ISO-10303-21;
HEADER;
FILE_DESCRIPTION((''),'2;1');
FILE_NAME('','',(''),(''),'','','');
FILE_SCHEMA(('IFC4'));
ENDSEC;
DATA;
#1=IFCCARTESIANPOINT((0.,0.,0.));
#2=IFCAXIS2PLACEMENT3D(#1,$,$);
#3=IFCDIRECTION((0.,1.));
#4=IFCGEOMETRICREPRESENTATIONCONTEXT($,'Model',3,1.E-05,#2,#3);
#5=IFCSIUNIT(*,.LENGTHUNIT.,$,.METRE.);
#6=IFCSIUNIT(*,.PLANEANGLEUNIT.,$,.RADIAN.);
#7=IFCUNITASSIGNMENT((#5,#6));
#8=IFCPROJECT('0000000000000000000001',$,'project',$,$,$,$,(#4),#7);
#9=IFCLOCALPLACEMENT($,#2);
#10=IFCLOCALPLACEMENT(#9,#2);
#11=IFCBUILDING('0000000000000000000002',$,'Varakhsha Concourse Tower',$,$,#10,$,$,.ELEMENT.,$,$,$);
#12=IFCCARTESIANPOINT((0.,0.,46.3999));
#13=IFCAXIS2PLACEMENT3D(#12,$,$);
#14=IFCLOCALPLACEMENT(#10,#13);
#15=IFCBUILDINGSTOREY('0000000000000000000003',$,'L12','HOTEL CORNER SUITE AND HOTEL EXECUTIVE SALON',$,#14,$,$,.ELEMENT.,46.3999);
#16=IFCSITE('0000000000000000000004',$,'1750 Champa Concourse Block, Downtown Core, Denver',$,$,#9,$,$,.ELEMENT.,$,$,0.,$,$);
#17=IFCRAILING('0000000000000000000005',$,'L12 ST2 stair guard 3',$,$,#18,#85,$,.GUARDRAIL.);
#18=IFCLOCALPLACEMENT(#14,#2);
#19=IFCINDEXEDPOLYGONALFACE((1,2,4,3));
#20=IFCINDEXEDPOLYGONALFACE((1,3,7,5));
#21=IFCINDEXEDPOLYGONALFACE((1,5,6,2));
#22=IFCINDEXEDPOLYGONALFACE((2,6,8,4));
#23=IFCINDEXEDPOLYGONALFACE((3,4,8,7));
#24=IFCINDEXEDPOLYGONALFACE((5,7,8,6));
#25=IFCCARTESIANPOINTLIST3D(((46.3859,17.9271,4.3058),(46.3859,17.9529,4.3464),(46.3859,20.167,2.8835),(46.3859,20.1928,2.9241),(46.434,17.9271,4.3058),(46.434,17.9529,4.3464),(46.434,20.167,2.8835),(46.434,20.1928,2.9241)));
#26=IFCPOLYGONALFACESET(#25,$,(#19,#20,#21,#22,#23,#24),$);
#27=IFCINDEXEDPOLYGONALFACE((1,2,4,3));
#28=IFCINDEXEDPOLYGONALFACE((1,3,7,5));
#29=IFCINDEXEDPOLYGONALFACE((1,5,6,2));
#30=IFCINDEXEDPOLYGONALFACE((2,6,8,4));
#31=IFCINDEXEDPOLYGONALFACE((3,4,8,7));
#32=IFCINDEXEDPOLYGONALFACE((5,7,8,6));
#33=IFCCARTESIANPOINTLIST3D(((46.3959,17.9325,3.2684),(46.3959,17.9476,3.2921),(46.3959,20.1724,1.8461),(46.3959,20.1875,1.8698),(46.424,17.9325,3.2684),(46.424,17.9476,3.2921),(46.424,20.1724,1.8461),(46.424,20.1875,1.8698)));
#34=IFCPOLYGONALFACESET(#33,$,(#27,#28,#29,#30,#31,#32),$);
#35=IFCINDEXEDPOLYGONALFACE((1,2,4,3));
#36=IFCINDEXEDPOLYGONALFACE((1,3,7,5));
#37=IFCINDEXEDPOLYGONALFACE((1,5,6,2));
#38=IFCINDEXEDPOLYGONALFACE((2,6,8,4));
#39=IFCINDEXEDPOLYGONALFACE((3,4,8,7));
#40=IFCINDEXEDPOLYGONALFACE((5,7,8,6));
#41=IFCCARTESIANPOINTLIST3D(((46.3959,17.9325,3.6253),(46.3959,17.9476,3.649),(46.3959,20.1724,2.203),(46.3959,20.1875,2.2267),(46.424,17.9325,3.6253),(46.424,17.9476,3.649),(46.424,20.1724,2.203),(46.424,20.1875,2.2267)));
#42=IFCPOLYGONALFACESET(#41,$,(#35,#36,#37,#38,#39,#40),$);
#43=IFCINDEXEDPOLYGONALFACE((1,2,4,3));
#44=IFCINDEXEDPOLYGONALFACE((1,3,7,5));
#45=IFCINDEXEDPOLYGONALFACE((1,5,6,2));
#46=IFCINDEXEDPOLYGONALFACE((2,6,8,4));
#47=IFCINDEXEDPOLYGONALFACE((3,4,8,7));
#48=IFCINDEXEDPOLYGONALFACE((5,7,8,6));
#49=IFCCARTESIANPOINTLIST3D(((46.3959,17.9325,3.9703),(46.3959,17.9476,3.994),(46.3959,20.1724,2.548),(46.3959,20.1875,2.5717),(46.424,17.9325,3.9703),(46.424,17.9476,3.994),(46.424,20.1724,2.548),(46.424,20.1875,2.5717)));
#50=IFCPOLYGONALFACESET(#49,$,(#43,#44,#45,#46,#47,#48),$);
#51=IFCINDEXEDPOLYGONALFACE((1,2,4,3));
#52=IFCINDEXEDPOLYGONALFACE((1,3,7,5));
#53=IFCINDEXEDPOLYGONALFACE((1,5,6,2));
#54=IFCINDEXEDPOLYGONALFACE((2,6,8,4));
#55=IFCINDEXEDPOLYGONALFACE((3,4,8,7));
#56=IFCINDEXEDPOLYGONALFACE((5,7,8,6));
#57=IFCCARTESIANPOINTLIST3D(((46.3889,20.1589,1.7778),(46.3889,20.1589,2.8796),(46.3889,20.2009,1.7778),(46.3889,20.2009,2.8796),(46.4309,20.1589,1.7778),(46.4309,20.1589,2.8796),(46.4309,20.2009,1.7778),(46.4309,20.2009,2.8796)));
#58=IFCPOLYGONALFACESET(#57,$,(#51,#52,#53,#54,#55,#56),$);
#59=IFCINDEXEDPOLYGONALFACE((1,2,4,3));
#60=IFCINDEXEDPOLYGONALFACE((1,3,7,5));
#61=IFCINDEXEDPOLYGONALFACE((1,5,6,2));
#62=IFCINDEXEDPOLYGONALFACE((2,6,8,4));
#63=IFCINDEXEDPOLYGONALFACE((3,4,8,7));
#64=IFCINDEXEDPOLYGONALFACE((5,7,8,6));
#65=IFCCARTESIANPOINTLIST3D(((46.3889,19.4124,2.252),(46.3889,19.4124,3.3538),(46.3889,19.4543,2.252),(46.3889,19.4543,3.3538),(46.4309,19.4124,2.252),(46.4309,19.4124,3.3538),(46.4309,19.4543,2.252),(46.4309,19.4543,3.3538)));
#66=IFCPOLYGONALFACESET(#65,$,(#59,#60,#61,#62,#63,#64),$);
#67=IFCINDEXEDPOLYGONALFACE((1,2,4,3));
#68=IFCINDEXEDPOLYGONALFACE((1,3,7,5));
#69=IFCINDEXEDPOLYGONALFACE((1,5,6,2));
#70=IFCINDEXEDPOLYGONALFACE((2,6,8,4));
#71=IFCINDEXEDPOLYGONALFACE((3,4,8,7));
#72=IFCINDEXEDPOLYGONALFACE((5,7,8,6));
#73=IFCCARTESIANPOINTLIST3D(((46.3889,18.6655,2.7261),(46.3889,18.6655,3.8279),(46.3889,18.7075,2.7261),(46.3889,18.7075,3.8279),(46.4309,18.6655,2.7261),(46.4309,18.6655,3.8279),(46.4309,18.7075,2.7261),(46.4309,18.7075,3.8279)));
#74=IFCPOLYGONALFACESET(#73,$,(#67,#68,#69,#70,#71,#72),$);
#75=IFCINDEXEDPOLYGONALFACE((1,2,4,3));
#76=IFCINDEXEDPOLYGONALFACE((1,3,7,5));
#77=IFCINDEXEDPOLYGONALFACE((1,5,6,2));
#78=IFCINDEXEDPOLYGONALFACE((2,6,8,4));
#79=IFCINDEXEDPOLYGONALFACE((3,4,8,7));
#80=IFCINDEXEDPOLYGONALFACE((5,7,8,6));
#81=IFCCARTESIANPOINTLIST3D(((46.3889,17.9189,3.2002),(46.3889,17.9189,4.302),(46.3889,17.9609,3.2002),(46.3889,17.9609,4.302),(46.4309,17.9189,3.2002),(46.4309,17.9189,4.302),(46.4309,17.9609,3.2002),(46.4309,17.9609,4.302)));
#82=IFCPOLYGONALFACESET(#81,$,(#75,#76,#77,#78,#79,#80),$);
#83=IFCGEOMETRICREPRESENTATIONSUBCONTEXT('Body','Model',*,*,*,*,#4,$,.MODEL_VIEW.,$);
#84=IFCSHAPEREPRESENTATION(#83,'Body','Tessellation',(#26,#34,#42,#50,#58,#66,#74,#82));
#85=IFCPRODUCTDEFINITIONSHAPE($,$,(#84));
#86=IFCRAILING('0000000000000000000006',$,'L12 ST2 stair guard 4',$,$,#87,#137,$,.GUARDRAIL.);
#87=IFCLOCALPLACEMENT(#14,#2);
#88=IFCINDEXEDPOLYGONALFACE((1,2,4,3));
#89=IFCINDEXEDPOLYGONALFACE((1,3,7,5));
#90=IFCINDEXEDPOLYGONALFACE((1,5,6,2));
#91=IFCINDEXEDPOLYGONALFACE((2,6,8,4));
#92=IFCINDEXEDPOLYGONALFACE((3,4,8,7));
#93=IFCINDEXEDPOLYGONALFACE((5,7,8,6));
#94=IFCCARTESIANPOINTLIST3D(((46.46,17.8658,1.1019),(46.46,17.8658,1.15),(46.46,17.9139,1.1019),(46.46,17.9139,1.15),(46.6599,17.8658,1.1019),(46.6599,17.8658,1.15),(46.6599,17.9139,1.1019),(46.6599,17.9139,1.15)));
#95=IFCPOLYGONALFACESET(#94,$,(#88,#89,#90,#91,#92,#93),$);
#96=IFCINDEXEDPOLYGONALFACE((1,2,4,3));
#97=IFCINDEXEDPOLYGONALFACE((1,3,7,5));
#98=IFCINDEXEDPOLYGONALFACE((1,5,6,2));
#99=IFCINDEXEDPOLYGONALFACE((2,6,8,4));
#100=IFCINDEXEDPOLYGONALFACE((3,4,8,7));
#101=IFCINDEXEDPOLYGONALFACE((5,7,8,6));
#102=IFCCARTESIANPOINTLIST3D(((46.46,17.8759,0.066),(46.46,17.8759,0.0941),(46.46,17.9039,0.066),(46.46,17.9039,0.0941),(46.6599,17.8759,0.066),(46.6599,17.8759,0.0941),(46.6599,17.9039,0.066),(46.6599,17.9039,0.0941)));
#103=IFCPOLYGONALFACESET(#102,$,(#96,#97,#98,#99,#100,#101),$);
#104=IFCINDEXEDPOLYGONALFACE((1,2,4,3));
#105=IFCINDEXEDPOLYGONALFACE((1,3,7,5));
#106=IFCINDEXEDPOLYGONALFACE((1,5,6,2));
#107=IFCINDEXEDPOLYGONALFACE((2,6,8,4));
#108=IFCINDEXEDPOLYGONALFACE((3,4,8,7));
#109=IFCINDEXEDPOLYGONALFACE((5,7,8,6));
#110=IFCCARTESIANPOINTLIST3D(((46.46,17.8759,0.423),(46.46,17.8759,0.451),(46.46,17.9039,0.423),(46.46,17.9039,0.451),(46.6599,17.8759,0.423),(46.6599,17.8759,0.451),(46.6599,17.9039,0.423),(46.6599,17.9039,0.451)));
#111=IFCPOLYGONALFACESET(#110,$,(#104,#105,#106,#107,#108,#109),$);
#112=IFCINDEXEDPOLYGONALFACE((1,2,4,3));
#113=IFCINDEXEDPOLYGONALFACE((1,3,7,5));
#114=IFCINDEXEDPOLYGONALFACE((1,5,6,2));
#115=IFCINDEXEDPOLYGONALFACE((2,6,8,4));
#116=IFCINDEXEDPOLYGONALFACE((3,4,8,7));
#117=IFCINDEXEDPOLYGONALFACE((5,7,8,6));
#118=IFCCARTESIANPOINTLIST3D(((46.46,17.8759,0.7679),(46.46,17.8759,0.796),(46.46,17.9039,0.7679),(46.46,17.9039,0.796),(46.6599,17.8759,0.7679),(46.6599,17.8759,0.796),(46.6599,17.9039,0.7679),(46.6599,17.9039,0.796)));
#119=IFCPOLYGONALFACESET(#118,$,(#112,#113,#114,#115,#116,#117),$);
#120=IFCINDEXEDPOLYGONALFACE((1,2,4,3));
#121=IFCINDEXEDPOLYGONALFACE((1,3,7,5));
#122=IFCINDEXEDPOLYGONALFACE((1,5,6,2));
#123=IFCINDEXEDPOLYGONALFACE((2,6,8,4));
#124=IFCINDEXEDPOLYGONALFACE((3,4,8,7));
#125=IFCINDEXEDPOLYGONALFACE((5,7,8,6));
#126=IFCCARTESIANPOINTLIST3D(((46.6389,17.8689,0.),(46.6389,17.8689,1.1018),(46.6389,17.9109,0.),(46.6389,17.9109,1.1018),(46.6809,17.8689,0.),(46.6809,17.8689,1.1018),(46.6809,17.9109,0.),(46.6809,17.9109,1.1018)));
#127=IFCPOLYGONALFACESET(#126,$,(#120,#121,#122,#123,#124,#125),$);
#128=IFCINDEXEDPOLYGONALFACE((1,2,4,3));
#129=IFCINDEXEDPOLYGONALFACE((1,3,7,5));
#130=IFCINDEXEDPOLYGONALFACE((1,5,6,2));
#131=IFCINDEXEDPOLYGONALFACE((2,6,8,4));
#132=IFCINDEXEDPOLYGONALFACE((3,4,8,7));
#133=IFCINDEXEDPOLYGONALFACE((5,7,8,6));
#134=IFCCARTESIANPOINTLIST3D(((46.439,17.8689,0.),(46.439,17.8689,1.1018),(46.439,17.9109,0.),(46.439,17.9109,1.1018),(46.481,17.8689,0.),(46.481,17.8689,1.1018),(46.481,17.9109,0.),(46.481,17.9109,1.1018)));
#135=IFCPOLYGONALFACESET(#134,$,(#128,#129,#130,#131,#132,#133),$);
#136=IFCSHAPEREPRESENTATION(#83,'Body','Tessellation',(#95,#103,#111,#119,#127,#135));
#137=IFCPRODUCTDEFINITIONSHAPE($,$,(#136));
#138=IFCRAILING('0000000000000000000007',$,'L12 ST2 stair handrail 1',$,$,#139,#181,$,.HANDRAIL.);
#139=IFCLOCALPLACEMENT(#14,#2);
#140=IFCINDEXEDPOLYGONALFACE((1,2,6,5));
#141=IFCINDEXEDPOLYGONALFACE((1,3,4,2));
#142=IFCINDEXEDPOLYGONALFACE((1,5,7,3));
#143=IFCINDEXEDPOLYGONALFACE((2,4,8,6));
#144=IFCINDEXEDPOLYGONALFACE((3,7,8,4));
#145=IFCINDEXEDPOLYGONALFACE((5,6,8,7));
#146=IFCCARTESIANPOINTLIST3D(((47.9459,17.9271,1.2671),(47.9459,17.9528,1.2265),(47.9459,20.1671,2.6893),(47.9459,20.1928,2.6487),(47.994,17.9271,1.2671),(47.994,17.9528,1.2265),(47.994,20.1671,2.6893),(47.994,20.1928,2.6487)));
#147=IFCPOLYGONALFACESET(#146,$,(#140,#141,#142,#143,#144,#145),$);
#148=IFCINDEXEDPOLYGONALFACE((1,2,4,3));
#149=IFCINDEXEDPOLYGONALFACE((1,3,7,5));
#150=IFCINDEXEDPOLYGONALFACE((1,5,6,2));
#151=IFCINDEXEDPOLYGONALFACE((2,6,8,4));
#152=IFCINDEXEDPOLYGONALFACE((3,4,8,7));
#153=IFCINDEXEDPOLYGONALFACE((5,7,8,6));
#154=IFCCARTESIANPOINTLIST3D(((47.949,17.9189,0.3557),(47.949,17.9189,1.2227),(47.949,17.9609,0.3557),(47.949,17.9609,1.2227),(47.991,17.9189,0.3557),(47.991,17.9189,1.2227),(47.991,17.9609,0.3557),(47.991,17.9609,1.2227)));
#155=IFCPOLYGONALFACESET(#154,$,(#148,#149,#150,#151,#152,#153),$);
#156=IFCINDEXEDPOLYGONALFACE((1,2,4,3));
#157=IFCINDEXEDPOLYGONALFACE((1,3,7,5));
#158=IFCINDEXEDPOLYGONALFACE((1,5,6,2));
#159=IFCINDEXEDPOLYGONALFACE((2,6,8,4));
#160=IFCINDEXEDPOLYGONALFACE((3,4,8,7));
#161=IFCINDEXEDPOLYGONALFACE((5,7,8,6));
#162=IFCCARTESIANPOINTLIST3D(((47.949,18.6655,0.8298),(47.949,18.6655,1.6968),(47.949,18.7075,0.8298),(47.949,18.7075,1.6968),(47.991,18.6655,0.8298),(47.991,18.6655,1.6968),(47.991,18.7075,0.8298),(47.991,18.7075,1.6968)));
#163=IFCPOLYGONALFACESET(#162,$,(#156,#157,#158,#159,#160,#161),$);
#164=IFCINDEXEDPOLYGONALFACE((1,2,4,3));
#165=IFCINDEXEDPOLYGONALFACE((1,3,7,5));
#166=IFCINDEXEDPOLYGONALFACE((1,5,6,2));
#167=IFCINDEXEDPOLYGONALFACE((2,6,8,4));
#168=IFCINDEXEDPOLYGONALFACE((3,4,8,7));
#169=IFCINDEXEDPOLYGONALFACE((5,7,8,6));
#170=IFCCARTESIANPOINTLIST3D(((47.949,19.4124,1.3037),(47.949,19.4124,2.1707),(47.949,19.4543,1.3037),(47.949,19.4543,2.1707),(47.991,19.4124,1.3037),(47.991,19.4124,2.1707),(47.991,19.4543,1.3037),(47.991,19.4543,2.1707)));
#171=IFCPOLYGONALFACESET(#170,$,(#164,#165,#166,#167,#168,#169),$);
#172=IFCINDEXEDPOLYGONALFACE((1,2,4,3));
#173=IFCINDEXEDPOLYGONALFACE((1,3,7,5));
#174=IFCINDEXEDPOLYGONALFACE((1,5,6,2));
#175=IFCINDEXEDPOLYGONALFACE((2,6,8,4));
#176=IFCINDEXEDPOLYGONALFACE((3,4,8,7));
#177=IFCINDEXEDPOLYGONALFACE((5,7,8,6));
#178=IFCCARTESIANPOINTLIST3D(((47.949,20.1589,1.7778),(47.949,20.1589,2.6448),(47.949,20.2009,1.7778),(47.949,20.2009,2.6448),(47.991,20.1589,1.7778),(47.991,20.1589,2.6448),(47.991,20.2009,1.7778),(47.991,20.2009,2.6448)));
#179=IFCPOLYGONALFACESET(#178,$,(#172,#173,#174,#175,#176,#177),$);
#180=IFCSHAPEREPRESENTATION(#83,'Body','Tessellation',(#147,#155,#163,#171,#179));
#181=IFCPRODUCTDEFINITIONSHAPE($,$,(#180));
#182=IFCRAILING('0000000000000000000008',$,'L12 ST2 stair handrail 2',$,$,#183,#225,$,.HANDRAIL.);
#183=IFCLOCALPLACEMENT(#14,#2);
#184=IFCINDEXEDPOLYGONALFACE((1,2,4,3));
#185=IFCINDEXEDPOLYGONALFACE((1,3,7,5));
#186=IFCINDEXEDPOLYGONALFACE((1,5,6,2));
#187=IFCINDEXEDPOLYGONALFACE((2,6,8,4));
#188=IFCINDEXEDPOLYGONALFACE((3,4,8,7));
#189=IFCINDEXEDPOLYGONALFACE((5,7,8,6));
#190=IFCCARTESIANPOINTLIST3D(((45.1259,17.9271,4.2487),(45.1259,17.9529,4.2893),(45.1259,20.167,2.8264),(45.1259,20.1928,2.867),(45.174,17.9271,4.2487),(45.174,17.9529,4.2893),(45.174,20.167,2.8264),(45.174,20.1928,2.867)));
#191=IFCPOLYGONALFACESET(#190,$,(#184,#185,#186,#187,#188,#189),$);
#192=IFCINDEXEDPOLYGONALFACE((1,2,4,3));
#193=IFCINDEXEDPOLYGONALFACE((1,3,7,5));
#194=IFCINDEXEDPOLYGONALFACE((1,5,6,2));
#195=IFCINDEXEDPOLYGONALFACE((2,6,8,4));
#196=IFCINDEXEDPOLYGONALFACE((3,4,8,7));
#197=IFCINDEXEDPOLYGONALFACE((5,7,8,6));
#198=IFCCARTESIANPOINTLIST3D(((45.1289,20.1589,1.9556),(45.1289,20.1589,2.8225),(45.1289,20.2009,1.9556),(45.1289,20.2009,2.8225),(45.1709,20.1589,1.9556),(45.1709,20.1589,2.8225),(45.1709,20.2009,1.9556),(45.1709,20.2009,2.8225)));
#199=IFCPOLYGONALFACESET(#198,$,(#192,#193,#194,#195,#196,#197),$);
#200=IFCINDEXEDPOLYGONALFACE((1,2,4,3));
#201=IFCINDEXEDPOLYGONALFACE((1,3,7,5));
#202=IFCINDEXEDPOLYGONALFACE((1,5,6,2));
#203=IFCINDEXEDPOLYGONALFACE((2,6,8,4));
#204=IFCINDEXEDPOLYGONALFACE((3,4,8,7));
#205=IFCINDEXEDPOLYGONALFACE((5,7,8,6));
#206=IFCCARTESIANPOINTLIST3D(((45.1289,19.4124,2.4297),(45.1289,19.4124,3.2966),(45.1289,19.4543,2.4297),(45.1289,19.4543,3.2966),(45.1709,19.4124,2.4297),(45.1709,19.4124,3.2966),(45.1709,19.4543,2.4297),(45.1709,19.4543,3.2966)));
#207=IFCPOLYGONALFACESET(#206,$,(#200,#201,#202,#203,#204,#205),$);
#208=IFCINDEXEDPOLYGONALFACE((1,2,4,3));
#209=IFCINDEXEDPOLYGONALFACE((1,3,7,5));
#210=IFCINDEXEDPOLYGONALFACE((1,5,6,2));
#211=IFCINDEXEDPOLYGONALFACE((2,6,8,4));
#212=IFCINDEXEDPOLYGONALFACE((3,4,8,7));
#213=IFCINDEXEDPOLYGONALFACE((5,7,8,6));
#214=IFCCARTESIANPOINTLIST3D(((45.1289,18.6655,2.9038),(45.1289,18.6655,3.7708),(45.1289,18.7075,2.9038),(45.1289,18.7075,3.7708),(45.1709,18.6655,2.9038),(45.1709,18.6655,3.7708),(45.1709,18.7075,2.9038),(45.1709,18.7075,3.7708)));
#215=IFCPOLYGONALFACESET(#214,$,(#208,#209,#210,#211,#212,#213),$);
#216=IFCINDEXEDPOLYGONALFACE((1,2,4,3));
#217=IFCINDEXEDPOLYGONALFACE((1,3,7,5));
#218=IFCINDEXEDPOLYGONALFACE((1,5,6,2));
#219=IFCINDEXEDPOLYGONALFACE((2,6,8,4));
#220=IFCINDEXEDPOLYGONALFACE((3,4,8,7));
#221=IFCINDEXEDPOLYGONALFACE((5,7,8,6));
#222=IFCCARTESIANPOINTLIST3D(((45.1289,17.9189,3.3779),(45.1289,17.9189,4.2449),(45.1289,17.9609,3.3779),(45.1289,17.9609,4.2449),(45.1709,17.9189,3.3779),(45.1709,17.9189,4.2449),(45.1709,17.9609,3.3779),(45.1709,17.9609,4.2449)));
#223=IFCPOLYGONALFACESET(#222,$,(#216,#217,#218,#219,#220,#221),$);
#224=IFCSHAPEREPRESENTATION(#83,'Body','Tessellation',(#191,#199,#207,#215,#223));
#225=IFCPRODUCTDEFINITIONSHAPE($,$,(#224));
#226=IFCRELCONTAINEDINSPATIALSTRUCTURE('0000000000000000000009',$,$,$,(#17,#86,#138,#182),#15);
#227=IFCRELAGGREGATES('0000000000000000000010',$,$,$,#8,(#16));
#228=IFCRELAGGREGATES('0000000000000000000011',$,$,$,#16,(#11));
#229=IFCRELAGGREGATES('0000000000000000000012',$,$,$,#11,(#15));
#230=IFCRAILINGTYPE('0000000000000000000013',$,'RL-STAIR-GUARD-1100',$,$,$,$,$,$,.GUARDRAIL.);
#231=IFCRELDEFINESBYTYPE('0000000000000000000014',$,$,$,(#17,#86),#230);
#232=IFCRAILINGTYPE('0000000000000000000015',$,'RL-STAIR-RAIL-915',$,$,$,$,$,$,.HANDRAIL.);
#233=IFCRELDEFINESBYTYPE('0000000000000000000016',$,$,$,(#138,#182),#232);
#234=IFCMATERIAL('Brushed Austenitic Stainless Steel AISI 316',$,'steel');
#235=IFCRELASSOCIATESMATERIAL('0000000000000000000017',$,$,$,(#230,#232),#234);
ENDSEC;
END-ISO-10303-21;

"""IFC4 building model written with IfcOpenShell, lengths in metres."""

from ifc_helpers import new_model, si_unit, direction, frame, origin, origin_2d, place, context, subcontext, project, spatial, rectangle, extrude, material, type_object, element, save


model = new_model("IFC4")

# Units and contexts
model_context = context("Model", 3, precision=1e-05, world=origin(), true_north=direction((0.0, 1.0)))
body_context = subcontext(model_context, "Body", "Model", "MODEL_VIEW")
ifc_project = project(units=[si_unit("LENGTHUNIT", "METRE"), si_unit("PLANEANGLEUNIT", "RADIAN")], contexts=[model_context])

# Site, building, storey
site_placement = place(None, origin())
site = spatial("IfcSite", under=ifc_project, at=site_placement, Name="1750 Champa Concourse Block, Downtown Core, Denver", CompositionType="ELEMENT", RefElevation=0.0)
building_placement = place(site_placement, origin())
building = spatial("IfcBuilding", under=site, at=building_placement, Name="Varakhsha Concourse Tower", CompositionType="ELEMENT")
storey_placement = place(building_placement, frame((0.0, 0.0, 46.3999)))
storey = spatial("IfcBuildingStorey", under=building, at=storey_placement, Name="L12", Description="HOTEL CORNER SUITE AND HOTEL EXECUTIVE SALON", CompositionType="ELEMENT", Elevation=46.3999)

# Railings
ifc_material_1 = material(Name="Brushed Austenitic Stainless Steel AISI 316", Category="steel")
railing_type_1 = type_object("IfcRailingType", Name="RL-STAIR-GUARD-1100", PredefinedType="GUARDRAIL", material=ifc_material_1)
railing_1_placement = place(storey_placement, frame((46.4099, 20.1799, 1.7778)))
element("IfcRailing", 1, at=railing_1_placement, inside=storey, type_object=railing_type_1, Name="L12 ST2 stair guard 3", PredefinedType="GUARDRAIL", context=body_context, shape_type="SweptSolid", body=[
    extrude(rectangle(XDim=0.0481, YDim=0.0481, at=origin_2d()), frame((0.0, 0.0, 1.126), z_axis=(0.0, -0.844188, 0.536048), x_axis=(1.0, 0.0, 0.0)), (0.0, 0.0, 1.0), 2.6533),
    extrude(rectangle(XDim=0.0281, YDim=0.0281, at=origin_2d()), frame((0.0, 0.0, 0.0801), z_axis=(0.0, -0.844188, 0.536048), x_axis=(1.0, 0.0, 0.0)), (0.0, 0.0, 1.0), 2.6533),
    extrude(rectangle(XDim=0.0281, YDim=0.0281, at=origin_2d()), frame((0.0, 0.0, 0.437), z_axis=(0.0, -0.844188, 0.536048), x_axis=(1.0, 0.0, 0.0)), (0.0, 0.0, 1.0), 2.6533),
    extrude(rectangle(XDim=0.0281, YDim=0.0281, at=origin_2d()), frame((0.0, 0.0, 0.782), z_axis=(0.0, -0.844188, 0.536048), x_axis=(1.0, 0.0, 0.0)), (0.0, 0.0, 1.0), 2.6533),
    extrude(rectangle(XDim=0.042, YDim=0.042, at=origin_2d()), origin(), (0.0, 0.0, 1.0), 1.1018),
    extrude(rectangle(XDim=0.042, YDim=0.042, at=origin_2d()), frame((0.0, -0.7466, 0.4741)), (0.0, 0.0, 1.0), 1.1018),
    extrude(rectangle(XDim=0.042, YDim=0.042, at=origin_2d()), frame((0.0, -1.4934, 0.9482)), (0.0, 0.0, 1.0), 1.1018),
    extrude(rectangle(XDim=0.042, YDim=0.042, at=origin_2d()), frame((0.0, -2.24, 1.4224)), (0.0, 0.0, 1.0), 1.1018),
])
railing_2_placement = place(storey_placement, frame((46.6599, 17.8899, 0.0)))
element("IfcRailing", 2, at=railing_2_placement, inside=storey, type_object=railing_type_1, Name="L12 ST2 stair guard 4", PredefinedType="GUARDRAIL", context=body_context, shape_type="SweptSolid", body=[
    extrude(rectangle(XDim=0.0481, YDim=0.0481, at=origin_2d()), frame((0.0, 0.0, 1.126), z_axis=(-1.0, 0.0, 0.0), x_axis=(0.0, -1.0, 0.0)), (0.0, 0.0, 1.0), 0.2),
    extrude(rectangle(XDim=0.0281, YDim=0.0281, at=origin_2d()), frame((0.0, 0.0, 0.0801), z_axis=(-1.0, 0.0, 0.0), x_axis=(0.0, -1.0, 0.0)), (0.0, 0.0, 1.0), 0.2),
    extrude(rectangle(XDim=0.0281, YDim=0.0281, at=origin_2d()), frame((0.0, 0.0, 0.437), z_axis=(-1.0, 0.0, 0.0), x_axis=(0.0, -1.0, 0.0)), (0.0, 0.0, 1.0), 0.2),
    extrude(rectangle(XDim=0.0281, YDim=0.0281, at=origin_2d()), frame((0.0, 0.0, 0.782), z_axis=(-1.0, 0.0, 0.0), x_axis=(0.0, -1.0, 0.0)), (0.0, 0.0, 1.0), 0.2),
    extrude(rectangle(XDim=0.042, YDim=0.042, at=origin_2d()), origin(), (0.0, 0.0, 1.0), 1.1018),
    extrude(rectangle(XDim=0.042, YDim=0.042, at=origin_2d()), frame((-0.2, 0.0, 0.0)), (0.0, 0.0, 1.0), 1.1018),
])
railing_type_2 = type_object("IfcRailingType", Name="RL-STAIR-RAIL-915", PredefinedType="HANDRAIL", material=ifc_material_1)
railing_3_placement = place(storey_placement, frame((47.97, 17.9399, 0.3557)))
element("IfcRailing", 3, at=railing_3_placement, inside=storey, type_object=railing_type_2, Name="L12 ST2 stair handrail 1", PredefinedType="HANDRAIL", context=body_context, shape_type="SweptSolid", body=[
    extrude(rectangle(XDim=0.0481, YDim=0.0481, at=origin_2d()), frame((0.0, 0.0, 0.8911), z_axis=(0.0, 0.844229, 0.535982), x_axis=(-1.0, 0.0, 0.0)), (0.0, 0.0, 1.0), 2.6533),
    extrude(rectangle(XDim=0.042, YDim=0.042, at=origin_2d()), origin(), (0.0, 0.0, 1.0), 0.8669),
    extrude(rectangle(XDim=0.042, YDim=0.042, at=origin_2d()), frame((0.0, 0.7466, 0.4741)), (0.0, 0.0, 1.0), 0.8669),
    extrude(rectangle(XDim=0.042, YDim=0.042, at=origin_2d()), frame((0.0, 1.4934, 0.948)), (0.0, 0.0, 1.0), 0.8669),
    extrude(rectangle(XDim=0.042, YDim=0.042, at=origin_2d()), frame((0.0, 2.24, 1.4221)), (0.0, 0.0, 1.0), 0.8669),
])
railing_4_placement = place(storey_placement, frame((45.1499, 20.1799, 1.9556)))
element("IfcRailing", 4, at=railing_4_placement, inside=storey, type_object=railing_type_2, Name="L12 ST2 stair handrail 2", PredefinedType="HANDRAIL", context=body_context, shape_type="SweptSolid", body=[
    extrude(rectangle(XDim=0.0481, YDim=0.0481, at=origin_2d()), frame((0.0, 0.0, 0.8911), z_axis=(0.0, -0.844188, 0.536048), x_axis=(1.0, 0.0, 0.0)), (0.0, 0.0, 1.0), 2.6533),
    extrude(rectangle(XDim=0.042, YDim=0.042, at=origin_2d()), origin(), (0.0, 0.0, 1.0), 0.8669),
    extrude(rectangle(XDim=0.042, YDim=0.042, at=origin_2d()), frame((0.0, -0.7466, 0.4741)), (0.0, 0.0, 1.0), 0.8669),
    extrude(rectangle(XDim=0.042, YDim=0.042, at=origin_2d()), frame((0.0, -1.4934, 0.9482)), (0.0, 0.0, 1.0), 0.8669),
    extrude(rectangle(XDim=0.042, YDim=0.042, at=origin_2d()), frame((0.0, -2.24, 1.4224)), (0.0, 0.0, 1.0), 0.8669),
])

save(model, "model.ifc")
